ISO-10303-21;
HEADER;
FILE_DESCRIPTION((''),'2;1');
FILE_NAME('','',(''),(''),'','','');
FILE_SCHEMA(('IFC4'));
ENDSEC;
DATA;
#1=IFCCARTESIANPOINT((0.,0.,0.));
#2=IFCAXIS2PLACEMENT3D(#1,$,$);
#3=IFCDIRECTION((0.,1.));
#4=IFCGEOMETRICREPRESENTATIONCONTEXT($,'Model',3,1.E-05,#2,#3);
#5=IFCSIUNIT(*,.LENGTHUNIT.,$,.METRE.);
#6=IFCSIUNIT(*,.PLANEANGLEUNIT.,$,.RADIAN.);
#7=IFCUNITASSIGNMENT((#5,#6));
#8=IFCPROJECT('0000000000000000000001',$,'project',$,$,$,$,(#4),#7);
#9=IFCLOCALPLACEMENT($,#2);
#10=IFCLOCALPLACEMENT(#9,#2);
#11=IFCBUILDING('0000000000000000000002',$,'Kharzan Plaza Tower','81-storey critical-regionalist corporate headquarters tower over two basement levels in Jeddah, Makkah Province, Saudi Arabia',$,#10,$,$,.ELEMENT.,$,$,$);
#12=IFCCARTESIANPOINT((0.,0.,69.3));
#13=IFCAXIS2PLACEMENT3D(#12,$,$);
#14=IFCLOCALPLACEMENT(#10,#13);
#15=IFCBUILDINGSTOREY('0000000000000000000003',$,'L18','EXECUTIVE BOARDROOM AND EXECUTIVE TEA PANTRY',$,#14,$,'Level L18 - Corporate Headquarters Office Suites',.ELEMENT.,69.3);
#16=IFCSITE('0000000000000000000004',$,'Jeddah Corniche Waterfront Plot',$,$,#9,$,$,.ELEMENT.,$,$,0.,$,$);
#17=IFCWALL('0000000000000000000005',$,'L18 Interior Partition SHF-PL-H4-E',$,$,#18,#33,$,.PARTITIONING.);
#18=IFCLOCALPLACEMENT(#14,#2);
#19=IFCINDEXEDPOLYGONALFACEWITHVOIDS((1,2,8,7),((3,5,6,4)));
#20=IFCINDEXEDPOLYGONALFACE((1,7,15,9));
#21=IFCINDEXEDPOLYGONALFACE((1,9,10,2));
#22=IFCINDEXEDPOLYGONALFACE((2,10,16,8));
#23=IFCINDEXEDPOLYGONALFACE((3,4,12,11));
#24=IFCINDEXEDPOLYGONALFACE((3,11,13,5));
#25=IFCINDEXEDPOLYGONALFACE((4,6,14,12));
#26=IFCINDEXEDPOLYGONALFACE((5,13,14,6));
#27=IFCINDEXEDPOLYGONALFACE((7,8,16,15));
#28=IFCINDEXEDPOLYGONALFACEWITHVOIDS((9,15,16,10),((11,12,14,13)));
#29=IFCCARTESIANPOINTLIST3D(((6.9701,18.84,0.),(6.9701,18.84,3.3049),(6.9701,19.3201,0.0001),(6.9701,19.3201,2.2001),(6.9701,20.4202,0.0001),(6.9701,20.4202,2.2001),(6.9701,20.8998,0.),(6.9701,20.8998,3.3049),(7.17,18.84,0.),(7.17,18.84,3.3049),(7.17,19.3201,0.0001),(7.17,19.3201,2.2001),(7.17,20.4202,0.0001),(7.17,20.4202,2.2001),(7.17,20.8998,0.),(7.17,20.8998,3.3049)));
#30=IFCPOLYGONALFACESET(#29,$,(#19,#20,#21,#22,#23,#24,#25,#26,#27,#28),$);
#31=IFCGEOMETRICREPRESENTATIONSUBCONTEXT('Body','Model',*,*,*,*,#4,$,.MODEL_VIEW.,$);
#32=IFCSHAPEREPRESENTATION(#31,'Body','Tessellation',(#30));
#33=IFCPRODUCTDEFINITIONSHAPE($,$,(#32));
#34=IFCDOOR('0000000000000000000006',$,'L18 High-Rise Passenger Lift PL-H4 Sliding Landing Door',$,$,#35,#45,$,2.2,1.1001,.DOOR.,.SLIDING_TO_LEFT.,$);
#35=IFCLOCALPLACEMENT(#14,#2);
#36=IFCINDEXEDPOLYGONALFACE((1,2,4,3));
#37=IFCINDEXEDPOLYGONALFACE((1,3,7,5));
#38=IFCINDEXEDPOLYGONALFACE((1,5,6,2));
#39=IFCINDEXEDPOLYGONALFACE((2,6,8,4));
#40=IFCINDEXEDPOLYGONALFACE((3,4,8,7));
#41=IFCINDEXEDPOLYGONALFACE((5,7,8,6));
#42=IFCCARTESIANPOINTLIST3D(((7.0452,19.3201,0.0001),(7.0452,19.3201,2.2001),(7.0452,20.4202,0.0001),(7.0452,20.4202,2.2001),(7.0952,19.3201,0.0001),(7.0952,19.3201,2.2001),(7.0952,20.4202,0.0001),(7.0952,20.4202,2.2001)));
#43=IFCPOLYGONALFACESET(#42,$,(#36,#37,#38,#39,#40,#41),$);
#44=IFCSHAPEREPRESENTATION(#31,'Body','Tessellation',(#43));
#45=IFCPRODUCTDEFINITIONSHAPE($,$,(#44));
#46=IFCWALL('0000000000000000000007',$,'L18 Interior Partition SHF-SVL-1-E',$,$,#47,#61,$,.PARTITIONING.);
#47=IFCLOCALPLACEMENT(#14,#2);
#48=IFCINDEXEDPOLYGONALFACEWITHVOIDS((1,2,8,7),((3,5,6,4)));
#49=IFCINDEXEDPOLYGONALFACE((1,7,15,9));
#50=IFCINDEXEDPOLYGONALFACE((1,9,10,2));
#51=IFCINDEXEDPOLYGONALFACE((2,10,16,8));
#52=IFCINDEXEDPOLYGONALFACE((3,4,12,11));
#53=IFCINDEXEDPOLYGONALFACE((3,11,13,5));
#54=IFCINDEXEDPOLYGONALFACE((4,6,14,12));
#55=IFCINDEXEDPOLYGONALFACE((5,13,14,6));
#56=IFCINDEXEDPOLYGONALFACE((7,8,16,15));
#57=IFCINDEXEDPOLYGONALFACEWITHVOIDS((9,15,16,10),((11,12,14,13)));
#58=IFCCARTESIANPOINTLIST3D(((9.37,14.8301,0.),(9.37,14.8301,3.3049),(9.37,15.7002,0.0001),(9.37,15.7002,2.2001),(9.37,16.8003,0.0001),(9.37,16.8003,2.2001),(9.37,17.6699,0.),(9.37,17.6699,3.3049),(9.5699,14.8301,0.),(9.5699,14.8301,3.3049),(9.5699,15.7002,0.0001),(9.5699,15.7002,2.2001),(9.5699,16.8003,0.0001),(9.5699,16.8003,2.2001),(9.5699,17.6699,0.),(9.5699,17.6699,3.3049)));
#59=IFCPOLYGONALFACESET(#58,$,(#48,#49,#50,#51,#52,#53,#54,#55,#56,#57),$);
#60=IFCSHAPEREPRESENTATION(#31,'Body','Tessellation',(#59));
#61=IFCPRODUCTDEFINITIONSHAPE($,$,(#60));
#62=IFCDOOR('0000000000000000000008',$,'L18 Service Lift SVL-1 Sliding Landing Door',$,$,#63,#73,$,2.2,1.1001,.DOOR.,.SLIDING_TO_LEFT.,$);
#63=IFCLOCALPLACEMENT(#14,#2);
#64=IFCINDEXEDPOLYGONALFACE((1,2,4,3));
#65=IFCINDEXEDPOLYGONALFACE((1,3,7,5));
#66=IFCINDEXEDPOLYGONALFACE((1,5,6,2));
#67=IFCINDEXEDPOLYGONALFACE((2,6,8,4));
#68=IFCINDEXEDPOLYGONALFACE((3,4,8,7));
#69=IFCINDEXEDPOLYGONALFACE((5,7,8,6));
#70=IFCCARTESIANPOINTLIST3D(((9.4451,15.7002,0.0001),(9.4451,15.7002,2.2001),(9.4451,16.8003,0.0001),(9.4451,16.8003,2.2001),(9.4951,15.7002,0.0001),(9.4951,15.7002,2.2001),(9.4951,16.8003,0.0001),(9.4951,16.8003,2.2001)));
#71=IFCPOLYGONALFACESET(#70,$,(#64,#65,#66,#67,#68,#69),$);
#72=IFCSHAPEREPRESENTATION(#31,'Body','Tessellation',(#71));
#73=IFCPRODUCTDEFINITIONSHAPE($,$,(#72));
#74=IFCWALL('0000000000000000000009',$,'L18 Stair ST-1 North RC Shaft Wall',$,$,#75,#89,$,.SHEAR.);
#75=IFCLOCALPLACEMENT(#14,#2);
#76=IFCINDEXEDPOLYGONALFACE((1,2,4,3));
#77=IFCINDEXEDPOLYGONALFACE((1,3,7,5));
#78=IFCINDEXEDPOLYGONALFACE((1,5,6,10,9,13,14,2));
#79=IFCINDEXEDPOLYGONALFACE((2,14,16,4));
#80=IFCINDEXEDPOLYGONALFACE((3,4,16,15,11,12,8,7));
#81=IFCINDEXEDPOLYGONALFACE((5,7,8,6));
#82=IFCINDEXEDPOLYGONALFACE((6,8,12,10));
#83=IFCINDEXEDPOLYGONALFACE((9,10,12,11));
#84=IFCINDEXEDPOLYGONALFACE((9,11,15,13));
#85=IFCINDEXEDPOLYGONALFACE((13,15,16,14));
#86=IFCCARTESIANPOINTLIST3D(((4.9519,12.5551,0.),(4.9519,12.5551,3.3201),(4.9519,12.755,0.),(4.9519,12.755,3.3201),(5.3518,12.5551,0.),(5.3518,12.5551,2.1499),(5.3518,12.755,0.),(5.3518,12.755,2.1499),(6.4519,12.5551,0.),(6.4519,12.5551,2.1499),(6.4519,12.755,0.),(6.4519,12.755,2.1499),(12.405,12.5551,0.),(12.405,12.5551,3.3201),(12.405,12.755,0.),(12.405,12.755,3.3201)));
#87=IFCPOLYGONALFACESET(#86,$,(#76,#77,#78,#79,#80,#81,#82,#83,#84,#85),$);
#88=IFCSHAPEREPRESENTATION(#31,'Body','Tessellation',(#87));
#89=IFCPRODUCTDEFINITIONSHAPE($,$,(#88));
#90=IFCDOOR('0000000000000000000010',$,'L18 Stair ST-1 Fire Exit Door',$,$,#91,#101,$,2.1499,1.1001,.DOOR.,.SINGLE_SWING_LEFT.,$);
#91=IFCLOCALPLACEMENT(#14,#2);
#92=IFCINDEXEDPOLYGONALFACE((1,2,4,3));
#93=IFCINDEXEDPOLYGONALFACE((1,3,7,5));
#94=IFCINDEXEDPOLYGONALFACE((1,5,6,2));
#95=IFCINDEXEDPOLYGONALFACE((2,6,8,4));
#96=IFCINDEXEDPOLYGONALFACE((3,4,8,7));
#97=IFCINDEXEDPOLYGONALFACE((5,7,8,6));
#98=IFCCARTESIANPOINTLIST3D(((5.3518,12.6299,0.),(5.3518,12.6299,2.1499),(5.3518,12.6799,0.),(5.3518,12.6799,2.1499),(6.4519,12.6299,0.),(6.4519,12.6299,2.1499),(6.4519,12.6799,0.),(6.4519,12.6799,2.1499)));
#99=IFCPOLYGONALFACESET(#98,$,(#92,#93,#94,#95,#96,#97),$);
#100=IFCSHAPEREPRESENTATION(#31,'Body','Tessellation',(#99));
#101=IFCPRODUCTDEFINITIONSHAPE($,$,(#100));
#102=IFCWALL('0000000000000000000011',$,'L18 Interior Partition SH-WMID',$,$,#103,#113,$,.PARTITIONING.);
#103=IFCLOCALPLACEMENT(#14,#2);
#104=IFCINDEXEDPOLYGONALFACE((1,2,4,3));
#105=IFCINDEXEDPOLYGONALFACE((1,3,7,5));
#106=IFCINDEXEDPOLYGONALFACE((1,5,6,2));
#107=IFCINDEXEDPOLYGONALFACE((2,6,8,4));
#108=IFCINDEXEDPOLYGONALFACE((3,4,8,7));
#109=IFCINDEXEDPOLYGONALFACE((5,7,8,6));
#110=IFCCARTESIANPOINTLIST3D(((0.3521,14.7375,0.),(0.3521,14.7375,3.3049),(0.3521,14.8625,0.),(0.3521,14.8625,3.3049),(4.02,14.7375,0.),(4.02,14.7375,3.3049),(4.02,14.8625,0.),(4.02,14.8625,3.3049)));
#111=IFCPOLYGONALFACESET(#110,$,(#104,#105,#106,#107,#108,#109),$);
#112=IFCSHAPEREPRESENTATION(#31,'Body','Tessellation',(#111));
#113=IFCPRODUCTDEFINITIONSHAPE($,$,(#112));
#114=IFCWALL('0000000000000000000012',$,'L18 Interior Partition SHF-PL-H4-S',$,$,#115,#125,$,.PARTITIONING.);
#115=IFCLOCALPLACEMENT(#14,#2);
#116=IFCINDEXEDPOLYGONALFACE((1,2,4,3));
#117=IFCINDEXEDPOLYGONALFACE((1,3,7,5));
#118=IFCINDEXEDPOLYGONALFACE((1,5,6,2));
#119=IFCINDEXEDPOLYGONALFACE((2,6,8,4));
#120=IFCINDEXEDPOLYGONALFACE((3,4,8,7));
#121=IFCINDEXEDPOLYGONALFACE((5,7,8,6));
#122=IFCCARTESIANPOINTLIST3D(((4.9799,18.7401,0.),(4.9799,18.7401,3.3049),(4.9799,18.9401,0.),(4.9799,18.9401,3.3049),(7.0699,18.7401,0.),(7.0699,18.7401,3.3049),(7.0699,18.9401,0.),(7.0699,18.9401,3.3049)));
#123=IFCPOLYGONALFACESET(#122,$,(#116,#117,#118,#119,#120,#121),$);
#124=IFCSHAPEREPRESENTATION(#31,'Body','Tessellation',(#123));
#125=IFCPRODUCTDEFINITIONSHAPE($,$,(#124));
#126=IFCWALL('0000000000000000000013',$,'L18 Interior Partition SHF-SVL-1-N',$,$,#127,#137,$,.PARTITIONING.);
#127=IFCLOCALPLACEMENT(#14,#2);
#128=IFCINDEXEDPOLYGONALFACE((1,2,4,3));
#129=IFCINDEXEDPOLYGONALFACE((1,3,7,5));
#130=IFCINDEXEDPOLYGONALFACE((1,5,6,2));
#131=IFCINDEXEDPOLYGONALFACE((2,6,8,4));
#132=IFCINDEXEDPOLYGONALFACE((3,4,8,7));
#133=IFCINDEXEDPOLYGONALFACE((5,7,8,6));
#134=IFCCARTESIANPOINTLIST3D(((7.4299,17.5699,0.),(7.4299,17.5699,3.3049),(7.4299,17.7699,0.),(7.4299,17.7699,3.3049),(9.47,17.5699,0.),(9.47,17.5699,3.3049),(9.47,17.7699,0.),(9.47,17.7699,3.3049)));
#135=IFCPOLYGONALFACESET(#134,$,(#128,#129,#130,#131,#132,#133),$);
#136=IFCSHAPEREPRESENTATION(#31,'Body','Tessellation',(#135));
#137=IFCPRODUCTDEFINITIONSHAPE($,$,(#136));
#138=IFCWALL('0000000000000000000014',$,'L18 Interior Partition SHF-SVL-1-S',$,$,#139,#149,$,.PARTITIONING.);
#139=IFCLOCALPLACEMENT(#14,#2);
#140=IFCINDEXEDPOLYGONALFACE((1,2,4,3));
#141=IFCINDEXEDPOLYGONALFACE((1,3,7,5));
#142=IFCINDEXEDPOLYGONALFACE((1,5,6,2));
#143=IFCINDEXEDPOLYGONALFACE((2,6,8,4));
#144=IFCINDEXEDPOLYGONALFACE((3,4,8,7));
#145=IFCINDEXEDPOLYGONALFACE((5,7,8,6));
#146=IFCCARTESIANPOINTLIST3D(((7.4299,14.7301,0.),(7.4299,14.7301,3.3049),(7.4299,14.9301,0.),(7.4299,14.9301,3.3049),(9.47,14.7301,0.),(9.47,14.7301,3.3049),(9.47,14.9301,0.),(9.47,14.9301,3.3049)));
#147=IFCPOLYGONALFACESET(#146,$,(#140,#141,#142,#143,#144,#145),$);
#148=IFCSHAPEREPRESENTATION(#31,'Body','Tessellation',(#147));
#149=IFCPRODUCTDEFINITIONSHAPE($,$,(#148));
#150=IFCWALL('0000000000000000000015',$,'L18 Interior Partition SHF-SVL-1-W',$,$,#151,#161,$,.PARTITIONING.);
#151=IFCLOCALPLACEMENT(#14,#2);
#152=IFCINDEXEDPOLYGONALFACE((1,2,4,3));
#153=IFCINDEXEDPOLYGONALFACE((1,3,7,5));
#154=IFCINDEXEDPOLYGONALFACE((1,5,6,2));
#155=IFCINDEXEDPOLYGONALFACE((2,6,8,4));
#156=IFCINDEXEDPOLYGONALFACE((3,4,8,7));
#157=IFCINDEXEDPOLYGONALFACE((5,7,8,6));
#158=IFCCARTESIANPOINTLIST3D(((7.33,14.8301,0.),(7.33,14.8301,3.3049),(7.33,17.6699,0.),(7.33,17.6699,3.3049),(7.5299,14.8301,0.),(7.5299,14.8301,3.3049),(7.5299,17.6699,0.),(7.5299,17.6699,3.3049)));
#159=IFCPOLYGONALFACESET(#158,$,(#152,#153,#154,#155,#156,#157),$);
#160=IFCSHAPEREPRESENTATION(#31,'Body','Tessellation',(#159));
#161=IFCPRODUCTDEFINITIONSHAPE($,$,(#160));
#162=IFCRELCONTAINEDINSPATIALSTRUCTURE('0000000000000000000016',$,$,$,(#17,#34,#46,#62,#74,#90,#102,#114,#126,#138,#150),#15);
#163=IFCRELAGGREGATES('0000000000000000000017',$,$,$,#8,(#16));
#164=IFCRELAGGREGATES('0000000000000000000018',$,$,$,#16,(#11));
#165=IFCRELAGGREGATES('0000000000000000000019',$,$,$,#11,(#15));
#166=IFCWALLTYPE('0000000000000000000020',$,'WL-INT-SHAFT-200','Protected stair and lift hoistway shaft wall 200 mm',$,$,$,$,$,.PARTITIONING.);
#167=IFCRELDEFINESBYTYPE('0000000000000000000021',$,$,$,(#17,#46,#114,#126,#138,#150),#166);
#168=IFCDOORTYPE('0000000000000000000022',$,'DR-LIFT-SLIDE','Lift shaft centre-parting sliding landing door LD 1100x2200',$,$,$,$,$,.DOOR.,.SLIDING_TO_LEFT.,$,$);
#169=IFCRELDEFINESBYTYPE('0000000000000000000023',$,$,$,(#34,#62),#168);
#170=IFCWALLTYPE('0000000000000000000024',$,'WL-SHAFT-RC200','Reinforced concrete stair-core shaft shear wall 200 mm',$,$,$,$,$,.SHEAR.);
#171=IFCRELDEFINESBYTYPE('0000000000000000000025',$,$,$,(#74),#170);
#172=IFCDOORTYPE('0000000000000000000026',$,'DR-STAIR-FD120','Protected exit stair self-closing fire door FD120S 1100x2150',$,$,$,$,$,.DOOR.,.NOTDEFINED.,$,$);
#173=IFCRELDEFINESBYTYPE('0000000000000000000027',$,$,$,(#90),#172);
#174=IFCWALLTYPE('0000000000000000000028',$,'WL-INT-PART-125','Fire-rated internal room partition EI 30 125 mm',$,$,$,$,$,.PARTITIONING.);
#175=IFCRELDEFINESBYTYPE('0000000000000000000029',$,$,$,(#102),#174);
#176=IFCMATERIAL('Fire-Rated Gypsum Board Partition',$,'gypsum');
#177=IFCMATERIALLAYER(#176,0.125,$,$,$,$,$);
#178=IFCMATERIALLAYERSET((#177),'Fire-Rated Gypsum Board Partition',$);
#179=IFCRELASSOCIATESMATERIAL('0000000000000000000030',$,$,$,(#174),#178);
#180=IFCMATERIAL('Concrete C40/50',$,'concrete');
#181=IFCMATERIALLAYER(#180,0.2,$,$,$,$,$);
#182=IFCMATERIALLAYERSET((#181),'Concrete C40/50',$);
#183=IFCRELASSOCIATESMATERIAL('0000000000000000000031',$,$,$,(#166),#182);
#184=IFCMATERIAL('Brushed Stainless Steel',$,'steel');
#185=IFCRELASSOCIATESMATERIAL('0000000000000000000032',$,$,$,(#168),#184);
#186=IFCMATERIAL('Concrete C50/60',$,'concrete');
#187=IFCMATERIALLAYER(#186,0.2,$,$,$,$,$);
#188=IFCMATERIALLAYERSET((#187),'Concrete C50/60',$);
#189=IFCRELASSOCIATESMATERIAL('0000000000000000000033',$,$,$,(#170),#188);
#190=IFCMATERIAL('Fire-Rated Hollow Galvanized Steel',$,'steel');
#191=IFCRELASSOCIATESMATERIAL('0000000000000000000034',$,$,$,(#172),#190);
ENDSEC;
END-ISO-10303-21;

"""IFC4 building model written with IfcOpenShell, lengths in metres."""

from ifc_helpers import new_model, si_unit, direction, frame, frame_2d, origin, place, context, subcontext, project, spatial, rectangle, extrude, source, transform, mapped, material, layer, layer_set, type_object, element, fill, save


model = new_model("IFC4")

# Units and contexts
model_context = context("Model", 3, precision=1e-05, world=origin(), true_north=direction((0.0, 1.0)))
body_context = subcontext(model_context, "Body", "Model", "MODEL_VIEW")
ifc_project = project(units=[si_unit("LENGTHUNIT", "METRE"), si_unit("PLANEANGLEUNIT", "RADIAN")], contexts=[model_context])

# Site, building, storey
site_placement = place(None, origin())
site = spatial("IfcSite", under=ifc_project, at=site_placement, Name="Jeddah Corniche Waterfront Plot", CompositionType="ELEMENT", RefElevation=0.0)
building_placement = place(site_placement, origin())
building = spatial("IfcBuilding", under=site, at=building_placement, Name="Kharzan Plaza Tower", Description="81-storey critical-regionalist corporate headquarters tower over two basement levels in Jeddah, Makkah Province, Saudi Arabia", CompositionType="ELEMENT")
storey_placement = place(building_placement, frame((0.0, 0.0, 69.3)))
storey = spatial("IfcBuildingStorey", under=building, at=storey_placement, Name="L18", Description="EXECUTIVE BOARDROOM AND EXECUTIVE TEA PANTRY", LongName="Level L18 - Corporate Headquarters Office Suites", CompositionType="ELEMENT", Elevation=69.3)

# Shared definitions
ifc_material_1 = material(Name="Concrete C40/50", Category="concrete")

# Walls, openings, doors
ifc_material_2 = material(Name="Fire-Rated Gypsum Board Partition", Category="gypsum")
ifc_layer_1 = layer(ifc_material_2, 0.125)
ifc_layer_set_1 = layer_set([ifc_layer_1], Name="Fire-Rated Gypsum Board Partition")
wall_type_1 = type_object("IfcWallType", Name="WL-INT-PART-125", Description="Fire-rated internal room partition EI 30 125 mm", PredefinedType="PARTITIONING", material=ifc_layer_set_1)
ifc_layer_2 = layer(ifc_material_1, 0.2)
ifc_layer_set_2 = layer_set([ifc_layer_2], Name="Concrete C40/50")
wall_type_2 = type_object("IfcWallType", Name="WL-INT-SHAFT-200", Description="Protected stair and lift hoistway shaft wall 200 mm", PredefinedType="PARTITIONING", material=ifc_layer_set_2)
wall_1_placement = place(storey_placement, frame((7.0701, 18.8401, 0.0), z_axis=(0.0, 0.0, 1.0), x_axis=(0.0, 1.0, 0.0)))
wall_1 = element("IfcWall", 1, at=wall_1_placement, inside=storey, type_object=wall_type_2, Name="L18 Interior Partition SHF-PL-H4-E", PredefinedType="PARTITIONING", context=body_context, shape_type="SweptSolid", body=[
    extrude(rectangle(XDim=2.0598, YDim=0.2, at=frame_2d((1.0298, 0.0))), origin(), (0.0, 0.0, 1.0), 3.3049),
])
opening_1_placement = place(wall_1_placement, frame((0.48, 0.0, 0.0)))
opening_1 = element("IfcOpeningElement", 2, at=opening_1_placement, cuts=wall_1, PredefinedType="OPENING", context=body_context, shape_type="SweptSolid", body=[
    extrude(rectangle(XDim=1.1001, YDim=2.2, at=frame_2d((0.55, 1.1001))), frame((0.0, 0.1099, 0.0), z_axis=(0.0, -1.0, 0.0), x_axis=(1.0, 0.0, 0.0)), (0.0, 0.0, 1.0), 0.22),
])
ifc_material_3 = material(Name="Brushed Stainless Steel", Category="steel")
door_type_1 = type_object("IfcDoorType", Name="DR-LIFT-SLIDE", Description="Lift shaft centre-parting sliding landing door LD 1100x2200", OperationType="SLIDING_TO_LEFT", PredefinedType="DOOR", material=ifc_material_3)
shared_shape_1 = source(origin(), body_context, "Body", "SweptSolid", [
    extrude(rectangle(XDim=1.1001, YDim=2.2, at=frame_2d((0.55, 1.1001))), frame((0.0, 0.0249, 0.0), z_axis=(0.0, -1.0, 0.0), x_axis=(1.0, 0.0, 0.0)), (0.0, 0.0, 1.0), 0.05),
])
door_1_placement = place(opening_1_placement, origin())
door_1 = element("IfcDoor", 3, at=door_1_placement, inside=storey, type_object=door_type_1, Name="L18 High-Rise Passenger Lift PL-H4 Sliding Landing Door", OperationType="SLIDING_TO_LEFT", OverallHeight=2.2, OverallWidth=1.1001, PredefinedType="DOOR", context=body_context, shape_type="MappedRepresentation", body=[
    mapped(shared_shape_1, transform((0.0, 0.0, 0.0), x_axis=(1.0, 0.0, 0.0), y_axis=(0.0, 1.0, 0.0), z_axis=(0.0, 0.0, 1.0))),
])
fill(opening_1, door_1)
wall_2_placement = place(storey_placement, frame((9.47, 14.8301, 0.0), z_axis=(0.0, 0.0, 1.0), x_axis=(0.0, 1.0, 0.0)))
wall_2 = element("IfcWall", 4, at=wall_2_placement, inside=storey, type_object=wall_type_2, Name="L18 Interior Partition SHF-SVL-1-E", PredefinedType="PARTITIONING", context=body_context, shape_type="SweptSolid", body=[
    extrude(rectangle(XDim=2.8398, YDim=0.2, at=frame_2d((1.4199, 0.0))), origin(), (0.0, 0.0, 1.0), 3.3049),
])
opening_2_placement = place(wall_2_placement, frame((0.8701, 0.0, 0.0)))
opening_2 = element("IfcOpeningElement", 5, at=opening_2_placement, cuts=wall_2, PredefinedType="OPENING", context=body_context, shape_type="SweptSolid", body=[
    extrude(rectangle(XDim=1.1001, YDim=2.2, at=frame_2d((0.55, 1.1001))), frame((0.0, 0.1099, 0.0), z_axis=(0.0, -1.0, 0.0), x_axis=(1.0, 0.0, 0.0)), (0.0, 0.0, 1.0), 0.22),
])
door_2_placement = place(opening_2_placement, origin())
door_2 = element("IfcDoor", 6, at=door_2_placement, inside=storey, type_object=door_type_1, Name="L18 Service Lift SVL-1 Sliding Landing Door", OperationType="SLIDING_TO_LEFT", OverallHeight=2.2, OverallWidth=1.1001, PredefinedType="DOOR", context=body_context, shape_type="MappedRepresentation", body=[
    mapped(shared_shape_1, transform((0.0, 0.0, 0.0), x_axis=(1.0, 0.0, 0.0), y_axis=(0.0, 1.0, 0.0), z_axis=(0.0, 0.0, 1.0))),
])
fill(opening_2, door_2)
ifc_material_4 = material(Name="Concrete C50/60", Category="concrete")
ifc_layer_3 = layer(ifc_material_4, 0.2)
ifc_layer_set_3 = layer_set([ifc_layer_3], Name="Concrete C50/60")
wall_type_3 = type_object("IfcWallType", Name="WL-SHAFT-RC200", Description="Reinforced concrete stair-core shaft shear wall 200 mm", PredefinedType="SHEAR", material=ifc_layer_set_3)
wall_3_placement = place(storey_placement, frame((4.9519, 12.655, 0.0), z_axis=(0.0, 0.0, 1.0), x_axis=(1.0, 0.0, 0.0)))
wall_3 = element("IfcWall", 7, at=wall_3_placement, inside=storey, type_object=wall_type_3, Name="L18 Stair ST-1 North RC Shaft Wall", PredefinedType="SHEAR", context=body_context, shape_type="SweptSolid", body=[
    extrude(rectangle(XDim=7.4531, YDim=0.2, at=frame_2d((3.7266, 0.0))), origin(), (0.0, 0.0, 1.0), 3.3201),
])
opening_3_placement = place(wall_3_placement, frame((0.3999, 0.0, 0.0)))
opening_3 = element("IfcOpeningElement", 8, at=opening_3_placement, cuts=wall_3, PredefinedType="OPENING", context=body_context, shape_type="SweptSolid", body=[
    extrude(rectangle(XDim=1.1001, YDim=2.1499, at=frame_2d((0.55, 1.075))), frame((0.0, 0.1099, 0.0), z_axis=(0.0, -1.0, 0.0), x_axis=(1.0, 0.0, 0.0)), (0.0, 0.0, 1.0), 0.22),
])
ifc_material_5 = material(Name="Fire-Rated Hollow Galvanized Steel", Category="steel")
door_type_2 = type_object("IfcDoorType", Name="DR-STAIR-FD120", Description="Protected exit stair self-closing fire door FD120S 1100x2150", OperationType="NOTDEFINED", PredefinedType="DOOR", material=ifc_material_5)
shared_shape_2 = source(origin(), body_context, "Body", "SweptSolid", [
    extrude(rectangle(XDim=1.1001, YDim=2.1499, at=frame_2d((0.55, 1.075))), frame((0.0, 0.0249, 0.0), z_axis=(0.0, -1.0, 0.0), x_axis=(1.0, 0.0, 0.0)), (0.0, 0.0, 1.0), 0.05),
])
door_3_placement = place(opening_3_placement, origin())
door_3 = element("IfcDoor", 9, at=door_3_placement, inside=storey, type_object=door_type_2, Name="L18 Stair ST-1 Fire Exit Door", OperationType="SINGLE_SWING_LEFT", OverallHeight=2.1499, OverallWidth=1.1001, PredefinedType="DOOR", context=body_context, shape_type="MappedRepresentation", body=[
    mapped(shared_shape_2, transform((0.0, 0.0, 0.0), x_axis=(1.0, 0.0, 0.0), y_axis=(0.0, 1.0, 0.0), z_axis=(0.0, 0.0, 1.0))),
])
fill(opening_3, door_3)

# Walls
shared_shape_3 = source(origin(), body_context, "Body", "SweptSolid", [
    extrude(rectangle(XDim=3.668, YDim=0.125, at=frame_2d((1.834, 0.0))), origin(), (0.0, 0.0, 1.0), 3.3049),
])
wall_4_placement = place(storey_placement, frame((0.3521, 14.8, 0.0), z_axis=(0.0, 0.0, 1.0), x_axis=(1.0, 0.0, 0.0)))
element("IfcWall", 10, at=wall_4_placement, inside=storey, type_object=wall_type_1, Name="L18 Interior Partition SH-WMID", PredefinedType="PARTITIONING", context=body_context, shape_type="MappedRepresentation", body=[
    mapped(shared_shape_3, transform((0.0, 0.0, 0.0), x_axis=(1.0, 0.0, 0.0), y_axis=(0.0, 1.0, 0.0), z_axis=(0.0, 0.0, 1.0))),
])
shared_shape_4 = source(origin(), body_context, "Body", "SweptSolid", [
    extrude(rectangle(XDim=2.0901, YDim=0.2, at=frame_2d((1.0449, 0.0))), origin(), (0.0, 0.0, 1.0), 3.3049),
])
wall_5_placement = place(storey_placement, frame((4.98, 18.8401, 0.0), z_axis=(0.0, 0.0, 1.0), x_axis=(1.0, 0.0, 0.0)))
element("IfcWall", 11, at=wall_5_placement, inside=storey, type_object=wall_type_2, Name="L18 Interior Partition SHF-PL-H4-S", PredefinedType="PARTITIONING", context=body_context, shape_type="MappedRepresentation", body=[
    mapped(shared_shape_4, transform((0.0, 0.0, 0.0), x_axis=(1.0, 0.0, 0.0), y_axis=(0.0, 1.0, 0.0), z_axis=(0.0, 0.0, 1.0))),
])
shared_shape_5 = source(origin(), body_context, "Body", "SweptSolid", [
    extrude(rectangle(XDim=2.04, YDim=0.2, at=frame_2d((1.02, 0.0))), origin(), (0.0, 0.0, 1.0), 3.3049),
])
for number, where, z_axis, x_axis, name in (
    (12, (7.4299, 17.6699, 0.0), (0.0, 0.0, 1.0), (1.0, 0.0, 0.0), "L18 Interior Partition SHF-SVL-1-N"),
    (13, (7.4299, 14.8301, 0.0), (0.0, 0.0, 1.0), (1.0, 0.0, 0.0), "L18 Interior Partition SHF-SVL-1-S"),
):
    element("IfcWall", number, at=place(storey_placement, frame(where, z_axis=z_axis, x_axis=x_axis)), inside=storey, type_object=wall_type_2, Name=name, PredefinedType="PARTITIONING", context=body_context, shape_type="MappedRepresentation", body=[
        mapped(shared_shape_5, transform((0.0, 0.0, 0.0), x_axis=(1.0, 0.0, 0.0), y_axis=(0.0, 1.0, 0.0), z_axis=(0.0, 0.0, 1.0))),
    ])
shared_shape_6 = source(origin(), body_context, "Body", "SweptSolid", [
    extrude(rectangle(XDim=2.8398, YDim=0.2, at=frame_2d((1.4199, 0.0))), origin(), (0.0, 0.0, 1.0), 3.3049),
])
wall_6_placement = place(storey_placement, frame((7.4299, 14.8301, 0.0), z_axis=(0.0, 0.0, 1.0), x_axis=(0.0, 1.0, 0.0)))
element("IfcWall", 14, at=wall_6_placement, inside=storey, type_object=wall_type_2, Name="L18 Interior Partition SHF-SVL-1-W", PredefinedType="PARTITIONING", context=body_context, shape_type="MappedRepresentation", body=[
    mapped(shared_shape_6, transform((0.0, 0.0, 0.0), x_axis=(1.0, 0.0, 0.0), y_axis=(0.0, 1.0, 0.0), z_axis=(0.0, 0.0, 1.0))),
])

save(model, "model.ifc")
